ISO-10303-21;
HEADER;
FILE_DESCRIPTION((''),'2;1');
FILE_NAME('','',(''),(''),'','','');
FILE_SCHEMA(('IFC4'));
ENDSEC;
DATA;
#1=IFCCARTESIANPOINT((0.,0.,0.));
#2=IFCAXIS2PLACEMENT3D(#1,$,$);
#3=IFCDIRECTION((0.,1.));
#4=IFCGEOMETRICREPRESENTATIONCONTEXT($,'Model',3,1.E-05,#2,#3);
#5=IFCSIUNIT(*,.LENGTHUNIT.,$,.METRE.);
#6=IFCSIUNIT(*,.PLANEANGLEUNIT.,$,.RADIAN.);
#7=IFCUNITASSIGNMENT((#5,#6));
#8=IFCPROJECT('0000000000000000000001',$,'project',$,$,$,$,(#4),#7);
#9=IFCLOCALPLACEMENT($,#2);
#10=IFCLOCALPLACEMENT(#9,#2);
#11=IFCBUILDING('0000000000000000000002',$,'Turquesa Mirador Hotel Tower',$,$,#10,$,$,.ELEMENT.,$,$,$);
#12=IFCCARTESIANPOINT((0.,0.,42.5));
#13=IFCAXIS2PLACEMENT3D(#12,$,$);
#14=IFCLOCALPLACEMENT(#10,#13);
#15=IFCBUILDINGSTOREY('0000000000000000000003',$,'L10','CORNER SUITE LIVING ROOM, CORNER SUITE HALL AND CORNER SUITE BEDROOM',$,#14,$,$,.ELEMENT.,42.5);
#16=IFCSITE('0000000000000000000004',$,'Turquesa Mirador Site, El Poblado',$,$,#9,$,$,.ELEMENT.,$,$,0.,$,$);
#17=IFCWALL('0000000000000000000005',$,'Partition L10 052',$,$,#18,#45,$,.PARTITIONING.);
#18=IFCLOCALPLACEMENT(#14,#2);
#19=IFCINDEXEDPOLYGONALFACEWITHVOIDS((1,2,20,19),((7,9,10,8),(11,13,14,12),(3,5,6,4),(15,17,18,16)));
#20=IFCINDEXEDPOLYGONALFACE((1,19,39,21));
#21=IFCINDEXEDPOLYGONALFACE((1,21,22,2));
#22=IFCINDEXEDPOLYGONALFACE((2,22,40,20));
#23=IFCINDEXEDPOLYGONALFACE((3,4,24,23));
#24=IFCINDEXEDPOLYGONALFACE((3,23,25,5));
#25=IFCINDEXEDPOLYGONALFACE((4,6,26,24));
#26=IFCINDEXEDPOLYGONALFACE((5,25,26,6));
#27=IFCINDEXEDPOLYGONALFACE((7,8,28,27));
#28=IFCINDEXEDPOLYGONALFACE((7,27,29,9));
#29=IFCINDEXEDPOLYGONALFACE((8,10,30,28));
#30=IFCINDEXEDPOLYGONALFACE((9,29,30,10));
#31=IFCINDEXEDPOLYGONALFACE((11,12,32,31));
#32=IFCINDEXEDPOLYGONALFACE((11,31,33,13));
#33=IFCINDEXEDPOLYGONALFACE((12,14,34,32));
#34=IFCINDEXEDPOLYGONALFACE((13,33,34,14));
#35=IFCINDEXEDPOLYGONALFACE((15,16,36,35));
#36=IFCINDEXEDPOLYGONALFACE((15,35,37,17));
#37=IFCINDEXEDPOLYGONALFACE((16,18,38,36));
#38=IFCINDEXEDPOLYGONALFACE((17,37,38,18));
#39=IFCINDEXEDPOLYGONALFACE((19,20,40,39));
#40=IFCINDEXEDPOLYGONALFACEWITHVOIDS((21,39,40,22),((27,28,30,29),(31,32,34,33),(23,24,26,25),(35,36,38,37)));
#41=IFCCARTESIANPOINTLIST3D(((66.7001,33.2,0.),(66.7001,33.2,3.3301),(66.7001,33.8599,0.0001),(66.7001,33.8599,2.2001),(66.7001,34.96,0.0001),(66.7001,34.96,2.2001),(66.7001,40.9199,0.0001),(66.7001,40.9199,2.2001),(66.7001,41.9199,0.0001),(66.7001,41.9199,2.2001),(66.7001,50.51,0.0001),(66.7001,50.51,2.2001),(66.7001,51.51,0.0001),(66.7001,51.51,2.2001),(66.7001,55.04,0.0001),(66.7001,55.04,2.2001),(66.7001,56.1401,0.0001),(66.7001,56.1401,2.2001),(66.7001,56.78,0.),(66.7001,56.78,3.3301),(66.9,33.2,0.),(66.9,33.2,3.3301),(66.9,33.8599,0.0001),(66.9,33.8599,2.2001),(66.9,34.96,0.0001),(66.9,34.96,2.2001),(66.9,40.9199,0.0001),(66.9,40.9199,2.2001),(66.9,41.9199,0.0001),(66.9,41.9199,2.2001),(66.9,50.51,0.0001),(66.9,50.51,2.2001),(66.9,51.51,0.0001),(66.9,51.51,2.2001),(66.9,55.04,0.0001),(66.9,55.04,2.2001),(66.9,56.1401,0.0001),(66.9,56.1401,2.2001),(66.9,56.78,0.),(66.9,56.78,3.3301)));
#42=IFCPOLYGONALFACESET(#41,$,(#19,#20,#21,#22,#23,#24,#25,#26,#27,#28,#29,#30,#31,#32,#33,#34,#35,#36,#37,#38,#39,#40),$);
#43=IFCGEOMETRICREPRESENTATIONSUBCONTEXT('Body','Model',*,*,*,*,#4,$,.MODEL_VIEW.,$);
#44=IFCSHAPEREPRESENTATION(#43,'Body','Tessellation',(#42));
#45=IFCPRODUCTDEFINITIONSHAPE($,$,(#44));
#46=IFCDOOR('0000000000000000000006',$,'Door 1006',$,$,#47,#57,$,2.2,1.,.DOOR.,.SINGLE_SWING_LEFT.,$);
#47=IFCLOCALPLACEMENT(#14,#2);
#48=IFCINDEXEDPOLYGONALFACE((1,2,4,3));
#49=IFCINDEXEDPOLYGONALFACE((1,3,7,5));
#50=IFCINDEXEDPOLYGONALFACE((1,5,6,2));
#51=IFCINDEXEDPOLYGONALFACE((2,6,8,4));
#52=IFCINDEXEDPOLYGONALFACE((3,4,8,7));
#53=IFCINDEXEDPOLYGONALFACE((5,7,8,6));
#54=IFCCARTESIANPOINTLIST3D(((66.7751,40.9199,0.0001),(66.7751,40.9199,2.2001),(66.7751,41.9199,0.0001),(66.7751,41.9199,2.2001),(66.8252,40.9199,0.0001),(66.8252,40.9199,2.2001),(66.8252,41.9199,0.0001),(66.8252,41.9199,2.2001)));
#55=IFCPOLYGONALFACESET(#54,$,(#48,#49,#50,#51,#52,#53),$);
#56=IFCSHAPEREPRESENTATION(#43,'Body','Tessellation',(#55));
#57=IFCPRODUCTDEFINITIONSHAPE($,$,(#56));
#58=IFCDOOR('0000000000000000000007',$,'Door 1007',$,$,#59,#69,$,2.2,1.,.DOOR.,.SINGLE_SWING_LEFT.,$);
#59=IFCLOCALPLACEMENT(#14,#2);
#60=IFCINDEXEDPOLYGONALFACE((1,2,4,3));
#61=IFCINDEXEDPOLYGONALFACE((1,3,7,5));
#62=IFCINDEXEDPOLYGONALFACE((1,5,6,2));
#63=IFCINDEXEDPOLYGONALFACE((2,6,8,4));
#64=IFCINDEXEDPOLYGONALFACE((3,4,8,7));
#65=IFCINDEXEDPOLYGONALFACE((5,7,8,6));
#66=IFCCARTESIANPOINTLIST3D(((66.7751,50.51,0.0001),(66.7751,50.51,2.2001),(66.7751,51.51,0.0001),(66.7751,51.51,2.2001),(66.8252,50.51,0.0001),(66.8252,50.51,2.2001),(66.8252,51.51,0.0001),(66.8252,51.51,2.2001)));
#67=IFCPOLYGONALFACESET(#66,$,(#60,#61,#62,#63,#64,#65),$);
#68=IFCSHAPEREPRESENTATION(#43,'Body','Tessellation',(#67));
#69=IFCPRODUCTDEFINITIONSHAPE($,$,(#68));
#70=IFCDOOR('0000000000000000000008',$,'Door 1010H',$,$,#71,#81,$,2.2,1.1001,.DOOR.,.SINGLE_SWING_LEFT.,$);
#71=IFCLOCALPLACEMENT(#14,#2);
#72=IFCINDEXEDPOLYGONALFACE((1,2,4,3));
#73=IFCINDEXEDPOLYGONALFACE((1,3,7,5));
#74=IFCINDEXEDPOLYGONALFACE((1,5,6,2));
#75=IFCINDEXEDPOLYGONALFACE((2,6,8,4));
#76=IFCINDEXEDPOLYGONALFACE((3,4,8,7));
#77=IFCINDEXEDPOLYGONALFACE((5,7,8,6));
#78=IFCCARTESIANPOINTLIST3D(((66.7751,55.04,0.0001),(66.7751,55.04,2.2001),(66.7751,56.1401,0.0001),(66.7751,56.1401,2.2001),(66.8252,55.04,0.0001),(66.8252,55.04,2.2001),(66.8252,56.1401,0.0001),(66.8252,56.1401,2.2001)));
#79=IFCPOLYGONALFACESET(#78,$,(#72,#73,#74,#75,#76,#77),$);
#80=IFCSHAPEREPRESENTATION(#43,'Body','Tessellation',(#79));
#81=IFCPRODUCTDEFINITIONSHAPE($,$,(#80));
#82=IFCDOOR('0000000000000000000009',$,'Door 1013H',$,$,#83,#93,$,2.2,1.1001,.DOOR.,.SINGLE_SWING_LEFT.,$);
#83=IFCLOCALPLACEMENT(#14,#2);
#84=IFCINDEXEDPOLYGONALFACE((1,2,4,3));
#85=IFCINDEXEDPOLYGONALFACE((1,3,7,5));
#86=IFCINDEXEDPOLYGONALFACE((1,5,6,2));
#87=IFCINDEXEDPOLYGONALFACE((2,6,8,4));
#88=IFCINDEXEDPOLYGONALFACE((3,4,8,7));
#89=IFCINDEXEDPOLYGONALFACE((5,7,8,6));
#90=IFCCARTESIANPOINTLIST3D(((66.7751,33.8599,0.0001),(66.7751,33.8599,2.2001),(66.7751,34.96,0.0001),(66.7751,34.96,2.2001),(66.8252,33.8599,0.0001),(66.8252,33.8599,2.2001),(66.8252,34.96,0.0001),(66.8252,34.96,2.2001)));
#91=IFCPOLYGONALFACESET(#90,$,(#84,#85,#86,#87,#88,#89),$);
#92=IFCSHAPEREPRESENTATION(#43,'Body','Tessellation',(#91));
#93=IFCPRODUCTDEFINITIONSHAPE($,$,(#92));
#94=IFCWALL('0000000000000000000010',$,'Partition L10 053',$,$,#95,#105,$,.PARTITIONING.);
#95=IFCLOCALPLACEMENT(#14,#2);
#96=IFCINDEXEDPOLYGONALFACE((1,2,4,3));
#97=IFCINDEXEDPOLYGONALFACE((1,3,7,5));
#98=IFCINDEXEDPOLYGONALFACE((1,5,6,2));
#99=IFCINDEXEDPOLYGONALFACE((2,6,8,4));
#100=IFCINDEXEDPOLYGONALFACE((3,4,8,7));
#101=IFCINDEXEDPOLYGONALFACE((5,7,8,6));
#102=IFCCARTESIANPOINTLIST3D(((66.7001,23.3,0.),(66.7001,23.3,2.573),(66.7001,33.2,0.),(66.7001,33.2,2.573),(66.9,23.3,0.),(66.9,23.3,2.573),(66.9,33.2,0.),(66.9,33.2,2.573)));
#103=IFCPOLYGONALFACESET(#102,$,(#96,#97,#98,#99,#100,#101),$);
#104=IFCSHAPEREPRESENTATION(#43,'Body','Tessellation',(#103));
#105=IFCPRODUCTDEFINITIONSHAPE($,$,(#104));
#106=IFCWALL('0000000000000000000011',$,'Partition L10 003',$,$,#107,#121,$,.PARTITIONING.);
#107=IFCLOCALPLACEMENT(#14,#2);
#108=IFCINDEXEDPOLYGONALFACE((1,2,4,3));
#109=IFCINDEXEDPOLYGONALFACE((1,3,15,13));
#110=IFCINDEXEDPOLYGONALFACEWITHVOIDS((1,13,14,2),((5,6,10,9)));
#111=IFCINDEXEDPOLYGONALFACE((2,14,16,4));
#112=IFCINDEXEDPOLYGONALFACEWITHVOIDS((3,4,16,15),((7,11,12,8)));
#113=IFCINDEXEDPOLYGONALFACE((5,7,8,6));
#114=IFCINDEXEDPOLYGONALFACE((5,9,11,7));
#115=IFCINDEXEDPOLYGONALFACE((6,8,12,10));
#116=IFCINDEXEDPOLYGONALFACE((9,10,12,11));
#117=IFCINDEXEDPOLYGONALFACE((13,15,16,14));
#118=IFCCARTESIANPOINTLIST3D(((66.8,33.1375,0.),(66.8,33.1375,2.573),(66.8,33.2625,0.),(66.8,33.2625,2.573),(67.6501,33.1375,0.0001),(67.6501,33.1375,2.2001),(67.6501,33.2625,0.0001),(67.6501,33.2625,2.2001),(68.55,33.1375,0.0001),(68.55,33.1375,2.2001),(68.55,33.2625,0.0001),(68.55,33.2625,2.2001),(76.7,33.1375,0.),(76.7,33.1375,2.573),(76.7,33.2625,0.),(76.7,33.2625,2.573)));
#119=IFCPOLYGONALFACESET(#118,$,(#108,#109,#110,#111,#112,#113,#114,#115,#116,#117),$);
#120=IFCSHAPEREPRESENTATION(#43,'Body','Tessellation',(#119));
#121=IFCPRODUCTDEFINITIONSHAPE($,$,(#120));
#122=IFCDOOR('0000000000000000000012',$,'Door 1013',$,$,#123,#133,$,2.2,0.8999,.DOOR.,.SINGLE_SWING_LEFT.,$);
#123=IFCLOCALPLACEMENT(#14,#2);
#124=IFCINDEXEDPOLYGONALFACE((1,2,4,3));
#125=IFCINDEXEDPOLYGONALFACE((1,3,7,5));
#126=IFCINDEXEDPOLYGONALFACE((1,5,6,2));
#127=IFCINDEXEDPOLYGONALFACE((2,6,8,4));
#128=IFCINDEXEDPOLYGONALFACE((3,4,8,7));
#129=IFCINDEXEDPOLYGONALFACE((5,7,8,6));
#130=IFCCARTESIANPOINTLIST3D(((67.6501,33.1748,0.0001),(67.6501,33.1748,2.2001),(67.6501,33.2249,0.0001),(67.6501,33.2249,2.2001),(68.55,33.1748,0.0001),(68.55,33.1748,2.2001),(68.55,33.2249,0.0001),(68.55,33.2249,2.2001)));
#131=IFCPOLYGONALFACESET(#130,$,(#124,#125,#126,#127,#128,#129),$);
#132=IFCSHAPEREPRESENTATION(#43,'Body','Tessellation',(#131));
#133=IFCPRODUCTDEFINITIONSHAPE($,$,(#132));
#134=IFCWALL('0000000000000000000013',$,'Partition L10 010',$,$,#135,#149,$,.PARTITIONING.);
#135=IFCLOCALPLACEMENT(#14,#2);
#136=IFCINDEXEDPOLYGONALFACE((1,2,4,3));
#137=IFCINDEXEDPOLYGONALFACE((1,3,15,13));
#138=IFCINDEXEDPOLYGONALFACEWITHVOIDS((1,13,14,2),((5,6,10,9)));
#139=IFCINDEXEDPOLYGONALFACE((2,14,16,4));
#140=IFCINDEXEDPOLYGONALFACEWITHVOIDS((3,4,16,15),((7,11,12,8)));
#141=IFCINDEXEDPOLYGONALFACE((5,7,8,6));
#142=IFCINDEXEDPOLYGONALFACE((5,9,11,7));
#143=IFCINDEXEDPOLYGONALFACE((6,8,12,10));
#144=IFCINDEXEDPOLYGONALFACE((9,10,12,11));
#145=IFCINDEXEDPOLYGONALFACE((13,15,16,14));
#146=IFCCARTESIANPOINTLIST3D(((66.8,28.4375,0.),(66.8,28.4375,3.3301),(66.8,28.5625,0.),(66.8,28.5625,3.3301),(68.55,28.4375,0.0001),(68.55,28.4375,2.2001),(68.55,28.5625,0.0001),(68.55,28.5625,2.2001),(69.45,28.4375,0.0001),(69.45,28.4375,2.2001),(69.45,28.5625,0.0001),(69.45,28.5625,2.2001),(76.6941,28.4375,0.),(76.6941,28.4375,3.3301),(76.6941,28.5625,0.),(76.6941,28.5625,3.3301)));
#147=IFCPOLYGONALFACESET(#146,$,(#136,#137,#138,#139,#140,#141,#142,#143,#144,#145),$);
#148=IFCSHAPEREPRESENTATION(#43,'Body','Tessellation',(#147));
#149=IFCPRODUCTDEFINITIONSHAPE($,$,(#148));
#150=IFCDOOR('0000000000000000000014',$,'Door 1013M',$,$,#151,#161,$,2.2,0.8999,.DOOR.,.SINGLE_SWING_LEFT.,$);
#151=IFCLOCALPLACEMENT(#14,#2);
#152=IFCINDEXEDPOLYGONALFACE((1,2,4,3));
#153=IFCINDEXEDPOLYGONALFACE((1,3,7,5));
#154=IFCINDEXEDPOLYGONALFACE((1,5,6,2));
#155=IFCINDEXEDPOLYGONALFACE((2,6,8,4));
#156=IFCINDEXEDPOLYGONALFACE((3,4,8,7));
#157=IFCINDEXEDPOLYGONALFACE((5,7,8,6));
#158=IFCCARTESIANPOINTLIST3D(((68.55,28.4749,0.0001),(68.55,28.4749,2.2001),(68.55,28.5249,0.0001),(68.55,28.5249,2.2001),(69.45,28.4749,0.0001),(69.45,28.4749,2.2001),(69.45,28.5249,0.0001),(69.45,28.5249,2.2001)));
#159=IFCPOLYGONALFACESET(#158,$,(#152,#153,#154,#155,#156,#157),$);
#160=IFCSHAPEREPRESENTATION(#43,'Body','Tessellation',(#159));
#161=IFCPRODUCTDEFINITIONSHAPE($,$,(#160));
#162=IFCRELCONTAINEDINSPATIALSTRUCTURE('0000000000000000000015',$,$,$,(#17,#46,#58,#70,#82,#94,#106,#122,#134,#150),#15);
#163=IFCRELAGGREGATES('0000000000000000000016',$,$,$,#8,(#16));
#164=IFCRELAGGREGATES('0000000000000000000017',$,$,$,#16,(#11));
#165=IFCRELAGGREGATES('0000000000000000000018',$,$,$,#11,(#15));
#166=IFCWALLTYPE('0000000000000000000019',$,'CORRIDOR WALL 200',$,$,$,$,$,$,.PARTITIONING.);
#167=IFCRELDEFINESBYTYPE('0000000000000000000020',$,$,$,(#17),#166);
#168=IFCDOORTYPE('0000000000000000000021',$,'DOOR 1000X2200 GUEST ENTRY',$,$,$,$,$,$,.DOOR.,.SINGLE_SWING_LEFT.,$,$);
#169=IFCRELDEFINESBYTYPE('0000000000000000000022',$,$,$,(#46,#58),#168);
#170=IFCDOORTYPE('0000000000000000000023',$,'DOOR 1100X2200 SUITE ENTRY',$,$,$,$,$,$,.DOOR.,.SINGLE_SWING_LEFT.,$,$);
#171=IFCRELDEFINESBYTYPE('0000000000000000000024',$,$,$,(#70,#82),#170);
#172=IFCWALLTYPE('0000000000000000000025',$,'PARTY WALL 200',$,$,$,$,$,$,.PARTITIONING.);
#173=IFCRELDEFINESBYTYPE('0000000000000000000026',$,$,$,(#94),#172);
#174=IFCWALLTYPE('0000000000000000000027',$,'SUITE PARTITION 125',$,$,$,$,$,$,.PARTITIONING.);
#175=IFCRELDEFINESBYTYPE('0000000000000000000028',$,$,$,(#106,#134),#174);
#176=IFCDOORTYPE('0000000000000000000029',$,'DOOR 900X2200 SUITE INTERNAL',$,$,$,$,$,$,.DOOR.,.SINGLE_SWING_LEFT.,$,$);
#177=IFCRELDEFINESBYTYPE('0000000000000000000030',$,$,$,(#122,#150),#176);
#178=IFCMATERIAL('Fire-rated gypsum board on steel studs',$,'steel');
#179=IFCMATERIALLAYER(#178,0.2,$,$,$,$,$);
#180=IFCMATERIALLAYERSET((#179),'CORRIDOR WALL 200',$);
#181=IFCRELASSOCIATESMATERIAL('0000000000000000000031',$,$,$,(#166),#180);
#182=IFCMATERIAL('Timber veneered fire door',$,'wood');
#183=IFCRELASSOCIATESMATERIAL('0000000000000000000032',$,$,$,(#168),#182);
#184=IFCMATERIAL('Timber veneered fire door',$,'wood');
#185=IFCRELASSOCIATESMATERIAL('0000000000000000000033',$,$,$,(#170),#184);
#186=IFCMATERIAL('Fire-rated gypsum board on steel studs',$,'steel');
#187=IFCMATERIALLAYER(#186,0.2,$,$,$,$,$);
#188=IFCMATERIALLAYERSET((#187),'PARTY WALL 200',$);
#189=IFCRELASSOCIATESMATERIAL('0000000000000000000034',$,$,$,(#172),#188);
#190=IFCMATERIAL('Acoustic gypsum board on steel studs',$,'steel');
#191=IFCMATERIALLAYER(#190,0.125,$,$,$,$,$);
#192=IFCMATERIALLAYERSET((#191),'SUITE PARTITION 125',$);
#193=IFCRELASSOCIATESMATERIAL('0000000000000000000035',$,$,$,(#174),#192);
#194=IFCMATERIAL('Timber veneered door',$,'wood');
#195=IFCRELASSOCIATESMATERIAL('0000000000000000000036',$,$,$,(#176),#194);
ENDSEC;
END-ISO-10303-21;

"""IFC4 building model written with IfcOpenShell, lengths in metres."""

from ifc_helpers import new_model, si_unit, direction, frame, frame_2d, origin, place, context, subcontext, project, spatial, rectangle, extrude, material, layer, layer_set, type_object, element, fill, save


model = new_model("IFC4")

# Units and contexts
model_context = context("Model", 3, precision=1e-05, world=origin(), true_north=direction((0.0, 1.0)))
body_context = subcontext(model_context, "Body", "Model", "MODEL_VIEW")
ifc_project = project(units=[si_unit("LENGTHUNIT", "METRE"), si_unit("PLANEANGLEUNIT", "RADIAN")], contexts=[model_context])

# Site, building, storey
site_placement = place(None, origin())
site = spatial("IfcSite", under=ifc_project, at=site_placement, Name="Turquesa Mirador Site, El Poblado", CompositionType="ELEMENT", RefElevation=0.0)
building_placement = place(site_placement, origin())
building = spatial("IfcBuilding", under=site, at=building_placement, Name="Turquesa Mirador Hotel Tower", CompositionType="ELEMENT")
storey_placement = place(building_placement, frame((0.0, 0.0, 42.5)))
storey = spatial("IfcBuildingStorey", under=building, at=storey_placement, Name="L10", Description="CORNER SUITE LIVING ROOM, CORNER SUITE HALL AND CORNER SUITE BEDROOM", CompositionType="ELEMENT", Elevation=42.5)

# Wall, openings, doors
ifc_material_1 = material(Name="Fire-rated gypsum board on steel studs", Category="steel")
ifc_layer_1 = layer(ifc_material_1, 0.2)
ifc_layer_set_1 = layer_set([ifc_layer_1], Name="CORRIDOR WALL 200")
wall_type_1 = type_object("IfcWallType", Name="CORRIDOR WALL 200", PredefinedType="PARTITIONING", material=ifc_layer_set_1)
wall_1_placement = place(storey_placement, frame((66.8, 33.2, 0.0), z_axis=(0.0, 0.0, 1.0), x_axis=(0.0, 1.0, 0.0)))
wall_1 = element("IfcWall", 1, at=wall_1_placement, inside=storey, type_object=wall_type_1, Name="Partition L10 052", PredefinedType="PARTITIONING", context=body_context, shape_type="SweptSolid", body=[
    extrude(rectangle(XDim=23.5801, YDim=0.2, at=frame_2d((11.79, 0.0))), origin(), (0.0, 0.0, 1.0), 3.3301),
])
opening_1_placement = place(wall_1_placement, frame((7.72, 0.0, 0.0)))
opening_1 = element("IfcOpeningElement", 2, at=opening_1_placement, cuts=wall_1, PredefinedType="OPENING", context=body_context, shape_type="SweptSolid", body=[
    extrude(rectangle(XDim=1.0, YDim=2.2, at=frame_2d((0.5, 1.1001))), frame((0.0, 0.1099, 0.0), z_axis=(0.0, -1.0, 0.0), x_axis=(1.0, 0.0, 0.0)), (0.0, 0.0, 1.0), 0.22),
])
opening_2_placement = place(wall_1_placement, frame((17.3101, 0.0, 0.0)))
opening_2 = element("IfcOpeningElement", 3, at=opening_2_placement, cuts=wall_1, PredefinedType="OPENING", context=body_context, shape_type="SweptSolid", body=[
    extrude(rectangle(XDim=1.0, YDim=2.2, at=frame_2d((0.5, 1.1001))), frame((0.0, 0.1099, 0.0), z_axis=(0.0, -1.0, 0.0), x_axis=(1.0, 0.0, 0.0)), (0.0, 0.0, 1.0), 0.22),
])
opening_3_placement = place(wall_1_placement, frame((21.8401, 0.0, 0.0)))
opening_3 = element("IfcOpeningElement", 4, at=opening_3_placement, cuts=wall_1, PredefinedType="OPENING", context=body_context, shape_type="SweptSolid", body=[
    extrude(rectangle(XDim=1.1001, YDim=2.2, at=frame_2d((0.55, 1.1001))), frame((0.0, 0.1099, 0.0), z_axis=(0.0, -1.0, 0.0), x_axis=(1.0, 0.0, 0.0)), (0.0, 0.0, 1.0), 0.22),
])
opening_4_placement = place(wall_1_placement, frame((0.6599, 0.0, 0.0)))
opening_4 = element("IfcOpeningElement", 5, at=opening_4_placement, cuts=wall_1, PredefinedType="OPENING", context=body_context, shape_type="SweptSolid", body=[
    extrude(rectangle(XDim=1.1001, YDim=2.2, at=frame_2d((0.55, 1.1001))), frame((0.0, 0.1099, 0.0), z_axis=(0.0, -1.0, 0.0), x_axis=(1.0, 0.0, 0.0)), (0.0, 0.0, 1.0), 0.22),
])
ifc_material_2 = material(Name="Timber veneered fire door", Category="wood")
door_type_1 = type_object("IfcDoorType", Name="DOOR 1000X2200 GUEST ENTRY", OperationType="SINGLE_SWING_LEFT", PredefinedType="DOOR", material=ifc_material_2)
door_1_placement = place(opening_1_placement, origin())
door_1 = element("IfcDoor", 6, at=door_1_placement, inside=storey, type_object=door_type_1, Name="Door 1006", OperationType="SINGLE_SWING_LEFT", OverallHeight=2.2, OverallWidth=1.0, PredefinedType="DOOR", context=body_context, shape_type="SweptSolid", body=[
    extrude(rectangle(XDim=1.0, YDim=2.2, at=frame_2d((0.5, 1.1001))), frame((0.0, 0.0249, 0.0), z_axis=(0.0, -1.0, 0.0), x_axis=(1.0, 0.0, 0.0)), (0.0, 0.0, 1.0), 0.05),
])
fill(opening_1, door_1)
door_2_placement = place(opening_2_placement, origin())
door_2 = element("IfcDoor", 7, at=door_2_placement, inside=storey, type_object=door_type_1, Name="Door 1007", OperationType="SINGLE_SWING_LEFT", OverallHeight=2.2, OverallWidth=1.0, PredefinedType="DOOR", context=body_context, shape_type="SweptSolid", body=[
    extrude(rectangle(XDim=1.0, YDim=2.2, at=frame_2d((0.5, 1.1001))), frame((0.0, 0.0249, 0.0), z_axis=(0.0, -1.0, 0.0), x_axis=(1.0, 0.0, 0.0)), (0.0, 0.0, 1.0), 0.05),
])
fill(opening_2, door_2)
ifc_material_3 = material(Name="Timber veneered fire door", Category="wood")
door_type_2 = type_object("IfcDoorType", Name="DOOR 1100X2200 SUITE ENTRY", OperationType="SINGLE_SWING_LEFT", PredefinedType="DOOR", material=ifc_material_3)
door_3_placement = place(opening_3_placement, origin())
door_3 = element("IfcDoor", 8, at=door_3_placement, inside=storey, type_object=door_type_2, Name="Door 1010H", OperationType="SINGLE_SWING_LEFT", OverallHeight=2.2, OverallWidth=1.1001, PredefinedType="DOOR", context=body_context, shape_type="SweptSolid", body=[
    extrude(rectangle(XDim=1.1001, YDim=2.2, at=frame_2d((0.55, 1.1001))), frame((0.0, 0.0249, 0.0), z_axis=(0.0, -1.0, 0.0), x_axis=(1.0, 0.0, 0.0)), (0.0, 0.0, 1.0), 0.05),
])
fill(opening_3, door_3)
door_4_placement = place(opening_4_placement, origin())
door_4 = element("IfcDoor", 9, at=door_4_placement, inside=storey, type_object=door_type_2, Name="Door 1013H", OperationType="SINGLE_SWING_LEFT", OverallHeight=2.2, OverallWidth=1.1001, PredefinedType="DOOR", context=body_context, shape_type="SweptSolid", body=[
    extrude(rectangle(XDim=1.1001, YDim=2.2, at=frame_2d((0.55, 1.1001))), frame((0.0, 0.0249, 0.0), z_axis=(0.0, -1.0, 0.0), x_axis=(1.0, 0.0, 0.0)), (0.0, 0.0, 1.0), 0.05),
])
fill(opening_4, door_4)

# Wall
ifc_material_4 = material(Name="Fire-rated gypsum board on steel studs", Category="steel")
ifc_layer_2 = layer(ifc_material_4, 0.2)
ifc_layer_set_2 = layer_set([ifc_layer_2], Name="PARTY WALL 200")
wall_type_2 = type_object("IfcWallType", Name="PARTY WALL 200", PredefinedType="PARTITIONING", material=ifc_layer_set_2)
wall_2_placement = place(storey_placement, frame((66.8, 23.3, 0.0), z_axis=(0.0, 0.0, 1.0), x_axis=(0.0, 1.0, 0.0)))
element("IfcWall", 10, at=wall_2_placement, inside=storey, type_object=wall_type_2, Name="Partition L10 053", PredefinedType="PARTITIONING", context=body_context, shape_type="SweptSolid", body=[
    extrude(rectangle(XDim=9.8999, YDim=0.2, at=frame_2d((4.95, 0.0))), origin(), (0.0, 0.0, 1.0), 2.573),
])

# Walls, openings, doors
ifc_material_5 = material(Name="Acoustic gypsum board on steel studs", Category="steel")
ifc_layer_3 = layer(ifc_material_5, 0.125)
ifc_layer_set_3 = layer_set([ifc_layer_3], Name="SUITE PARTITION 125")
wall_type_3 = type_object("IfcWallType", Name="SUITE PARTITION 125", PredefinedType="PARTITIONING", material=ifc_layer_set_3)
wall_3_placement = place(storey_placement, frame((66.8, 33.2, 0.0), z_axis=(0.0, 0.0, 1.0), x_axis=(1.0, 0.0, 0.0)))
wall_3 = element("IfcWall", 11, at=wall_3_placement, inside=storey, type_object=wall_type_3, Name="Partition L10 003", PredefinedType="PARTITIONING", context=body_context, shape_type="SweptSolid", body=[
    extrude(rectangle(XDim=9.8999, YDim=0.125, at=frame_2d((4.95, 0.0))), origin(), (0.0, 0.0, 1.0), 2.573),
])
opening_5_placement = place(wall_3_placement, frame((0.8501, 0.0, 0.0)))
opening_5 = element("IfcOpeningElement", 12, at=opening_5_placement, cuts=wall_3, PredefinedType="OPENING", context=body_context, shape_type="SweptSolid", body=[
    extrude(rectangle(XDim=0.8999, YDim=2.2, at=frame_2d((0.45, 1.1001))), frame((0.0, 0.0725, 0.0), z_axis=(0.0, -1.0, 0.0), x_axis=(1.0, 0.0, 0.0)), (0.0, 0.0, 1.0), 0.145),
])
ifc_material_6 = material(Name="Timber veneered door", Category="wood")
door_type_3 = type_object("IfcDoorType", Name="DOOR 900X2200 SUITE INTERNAL", OperationType="SINGLE_SWING_LEFT", PredefinedType="DOOR", material=ifc_material_6)
door_5_placement = place(opening_5_placement, origin())
door_5 = element("IfcDoor", 13, at=door_5_placement, inside=storey, type_object=door_type_3, Name="Door 1013", OperationType="SINGLE_SWING_LEFT", OverallHeight=2.2, OverallWidth=0.8999, PredefinedType="DOOR", context=body_context, shape_type="SweptSolid", body=[
    extrude(rectangle(XDim=0.8999, YDim=2.2, at=frame_2d((0.45, 1.1001))), frame((0.0, 0.0249, 0.0), z_axis=(0.0, -1.0, 0.0), x_axis=(1.0, 0.0, 0.0)), (0.0, 0.0, 1.0), 0.05),
])
fill(opening_5, door_5)
wall_4_placement = place(storey_placement, frame((66.8, 28.5, 0.0), z_axis=(0.0, 0.0, 1.0), x_axis=(1.0, 0.0, 0.0)))
wall_4 = element("IfcWall", 14, at=wall_4_placement, inside=storey, type_object=wall_type_3, Name="Partition L10 010", PredefinedType="PARTITIONING", context=body_context, shape_type="SweptSolid", body=[
    extrude(rectangle(XDim=9.894, YDim=0.125, at=frame_2d((4.947, 0.0))), origin(), (0.0, 0.0, 1.0), 3.3301),
])
opening_6_placement = place(wall_4_placement, frame((1.75, 0.0, 0.0)))
opening_6 = element("IfcOpeningElement", 15, at=opening_6_placement, cuts=wall_4, PredefinedType="OPENING", context=body_context, shape_type="SweptSolid", body=[
    extrude(rectangle(XDim=0.8999, YDim=2.2, at=frame_2d((0.45, 1.1001))), frame((0.0, 0.0725, 0.0), z_axis=(0.0, -1.0, 0.0), x_axis=(1.0, 0.0, 0.0)), (0.0, 0.0, 1.0), 0.145),
])
door_6_placement = place(opening_6_placement, origin())
door_6 = element("IfcDoor", 16, at=door_6_placement, inside=storey, type_object=door_type_3, Name="Door 1013M", OperationType="SINGLE_SWING_LEFT", OverallHeight=2.2, OverallWidth=0.8999, PredefinedType="DOOR", context=body_context, shape_type="SweptSolid", body=[
    extrude(rectangle(XDim=0.8999, YDim=2.2, at=frame_2d((0.45, 1.1001))), frame((0.0, 0.0249, 0.0), z_axis=(0.0, -1.0, 0.0), x_axis=(1.0, 0.0, 0.0)), (0.0, 0.0, 1.0), 0.05),
])
fill(opening_6, door_6)

save(model, "model.ifc")
